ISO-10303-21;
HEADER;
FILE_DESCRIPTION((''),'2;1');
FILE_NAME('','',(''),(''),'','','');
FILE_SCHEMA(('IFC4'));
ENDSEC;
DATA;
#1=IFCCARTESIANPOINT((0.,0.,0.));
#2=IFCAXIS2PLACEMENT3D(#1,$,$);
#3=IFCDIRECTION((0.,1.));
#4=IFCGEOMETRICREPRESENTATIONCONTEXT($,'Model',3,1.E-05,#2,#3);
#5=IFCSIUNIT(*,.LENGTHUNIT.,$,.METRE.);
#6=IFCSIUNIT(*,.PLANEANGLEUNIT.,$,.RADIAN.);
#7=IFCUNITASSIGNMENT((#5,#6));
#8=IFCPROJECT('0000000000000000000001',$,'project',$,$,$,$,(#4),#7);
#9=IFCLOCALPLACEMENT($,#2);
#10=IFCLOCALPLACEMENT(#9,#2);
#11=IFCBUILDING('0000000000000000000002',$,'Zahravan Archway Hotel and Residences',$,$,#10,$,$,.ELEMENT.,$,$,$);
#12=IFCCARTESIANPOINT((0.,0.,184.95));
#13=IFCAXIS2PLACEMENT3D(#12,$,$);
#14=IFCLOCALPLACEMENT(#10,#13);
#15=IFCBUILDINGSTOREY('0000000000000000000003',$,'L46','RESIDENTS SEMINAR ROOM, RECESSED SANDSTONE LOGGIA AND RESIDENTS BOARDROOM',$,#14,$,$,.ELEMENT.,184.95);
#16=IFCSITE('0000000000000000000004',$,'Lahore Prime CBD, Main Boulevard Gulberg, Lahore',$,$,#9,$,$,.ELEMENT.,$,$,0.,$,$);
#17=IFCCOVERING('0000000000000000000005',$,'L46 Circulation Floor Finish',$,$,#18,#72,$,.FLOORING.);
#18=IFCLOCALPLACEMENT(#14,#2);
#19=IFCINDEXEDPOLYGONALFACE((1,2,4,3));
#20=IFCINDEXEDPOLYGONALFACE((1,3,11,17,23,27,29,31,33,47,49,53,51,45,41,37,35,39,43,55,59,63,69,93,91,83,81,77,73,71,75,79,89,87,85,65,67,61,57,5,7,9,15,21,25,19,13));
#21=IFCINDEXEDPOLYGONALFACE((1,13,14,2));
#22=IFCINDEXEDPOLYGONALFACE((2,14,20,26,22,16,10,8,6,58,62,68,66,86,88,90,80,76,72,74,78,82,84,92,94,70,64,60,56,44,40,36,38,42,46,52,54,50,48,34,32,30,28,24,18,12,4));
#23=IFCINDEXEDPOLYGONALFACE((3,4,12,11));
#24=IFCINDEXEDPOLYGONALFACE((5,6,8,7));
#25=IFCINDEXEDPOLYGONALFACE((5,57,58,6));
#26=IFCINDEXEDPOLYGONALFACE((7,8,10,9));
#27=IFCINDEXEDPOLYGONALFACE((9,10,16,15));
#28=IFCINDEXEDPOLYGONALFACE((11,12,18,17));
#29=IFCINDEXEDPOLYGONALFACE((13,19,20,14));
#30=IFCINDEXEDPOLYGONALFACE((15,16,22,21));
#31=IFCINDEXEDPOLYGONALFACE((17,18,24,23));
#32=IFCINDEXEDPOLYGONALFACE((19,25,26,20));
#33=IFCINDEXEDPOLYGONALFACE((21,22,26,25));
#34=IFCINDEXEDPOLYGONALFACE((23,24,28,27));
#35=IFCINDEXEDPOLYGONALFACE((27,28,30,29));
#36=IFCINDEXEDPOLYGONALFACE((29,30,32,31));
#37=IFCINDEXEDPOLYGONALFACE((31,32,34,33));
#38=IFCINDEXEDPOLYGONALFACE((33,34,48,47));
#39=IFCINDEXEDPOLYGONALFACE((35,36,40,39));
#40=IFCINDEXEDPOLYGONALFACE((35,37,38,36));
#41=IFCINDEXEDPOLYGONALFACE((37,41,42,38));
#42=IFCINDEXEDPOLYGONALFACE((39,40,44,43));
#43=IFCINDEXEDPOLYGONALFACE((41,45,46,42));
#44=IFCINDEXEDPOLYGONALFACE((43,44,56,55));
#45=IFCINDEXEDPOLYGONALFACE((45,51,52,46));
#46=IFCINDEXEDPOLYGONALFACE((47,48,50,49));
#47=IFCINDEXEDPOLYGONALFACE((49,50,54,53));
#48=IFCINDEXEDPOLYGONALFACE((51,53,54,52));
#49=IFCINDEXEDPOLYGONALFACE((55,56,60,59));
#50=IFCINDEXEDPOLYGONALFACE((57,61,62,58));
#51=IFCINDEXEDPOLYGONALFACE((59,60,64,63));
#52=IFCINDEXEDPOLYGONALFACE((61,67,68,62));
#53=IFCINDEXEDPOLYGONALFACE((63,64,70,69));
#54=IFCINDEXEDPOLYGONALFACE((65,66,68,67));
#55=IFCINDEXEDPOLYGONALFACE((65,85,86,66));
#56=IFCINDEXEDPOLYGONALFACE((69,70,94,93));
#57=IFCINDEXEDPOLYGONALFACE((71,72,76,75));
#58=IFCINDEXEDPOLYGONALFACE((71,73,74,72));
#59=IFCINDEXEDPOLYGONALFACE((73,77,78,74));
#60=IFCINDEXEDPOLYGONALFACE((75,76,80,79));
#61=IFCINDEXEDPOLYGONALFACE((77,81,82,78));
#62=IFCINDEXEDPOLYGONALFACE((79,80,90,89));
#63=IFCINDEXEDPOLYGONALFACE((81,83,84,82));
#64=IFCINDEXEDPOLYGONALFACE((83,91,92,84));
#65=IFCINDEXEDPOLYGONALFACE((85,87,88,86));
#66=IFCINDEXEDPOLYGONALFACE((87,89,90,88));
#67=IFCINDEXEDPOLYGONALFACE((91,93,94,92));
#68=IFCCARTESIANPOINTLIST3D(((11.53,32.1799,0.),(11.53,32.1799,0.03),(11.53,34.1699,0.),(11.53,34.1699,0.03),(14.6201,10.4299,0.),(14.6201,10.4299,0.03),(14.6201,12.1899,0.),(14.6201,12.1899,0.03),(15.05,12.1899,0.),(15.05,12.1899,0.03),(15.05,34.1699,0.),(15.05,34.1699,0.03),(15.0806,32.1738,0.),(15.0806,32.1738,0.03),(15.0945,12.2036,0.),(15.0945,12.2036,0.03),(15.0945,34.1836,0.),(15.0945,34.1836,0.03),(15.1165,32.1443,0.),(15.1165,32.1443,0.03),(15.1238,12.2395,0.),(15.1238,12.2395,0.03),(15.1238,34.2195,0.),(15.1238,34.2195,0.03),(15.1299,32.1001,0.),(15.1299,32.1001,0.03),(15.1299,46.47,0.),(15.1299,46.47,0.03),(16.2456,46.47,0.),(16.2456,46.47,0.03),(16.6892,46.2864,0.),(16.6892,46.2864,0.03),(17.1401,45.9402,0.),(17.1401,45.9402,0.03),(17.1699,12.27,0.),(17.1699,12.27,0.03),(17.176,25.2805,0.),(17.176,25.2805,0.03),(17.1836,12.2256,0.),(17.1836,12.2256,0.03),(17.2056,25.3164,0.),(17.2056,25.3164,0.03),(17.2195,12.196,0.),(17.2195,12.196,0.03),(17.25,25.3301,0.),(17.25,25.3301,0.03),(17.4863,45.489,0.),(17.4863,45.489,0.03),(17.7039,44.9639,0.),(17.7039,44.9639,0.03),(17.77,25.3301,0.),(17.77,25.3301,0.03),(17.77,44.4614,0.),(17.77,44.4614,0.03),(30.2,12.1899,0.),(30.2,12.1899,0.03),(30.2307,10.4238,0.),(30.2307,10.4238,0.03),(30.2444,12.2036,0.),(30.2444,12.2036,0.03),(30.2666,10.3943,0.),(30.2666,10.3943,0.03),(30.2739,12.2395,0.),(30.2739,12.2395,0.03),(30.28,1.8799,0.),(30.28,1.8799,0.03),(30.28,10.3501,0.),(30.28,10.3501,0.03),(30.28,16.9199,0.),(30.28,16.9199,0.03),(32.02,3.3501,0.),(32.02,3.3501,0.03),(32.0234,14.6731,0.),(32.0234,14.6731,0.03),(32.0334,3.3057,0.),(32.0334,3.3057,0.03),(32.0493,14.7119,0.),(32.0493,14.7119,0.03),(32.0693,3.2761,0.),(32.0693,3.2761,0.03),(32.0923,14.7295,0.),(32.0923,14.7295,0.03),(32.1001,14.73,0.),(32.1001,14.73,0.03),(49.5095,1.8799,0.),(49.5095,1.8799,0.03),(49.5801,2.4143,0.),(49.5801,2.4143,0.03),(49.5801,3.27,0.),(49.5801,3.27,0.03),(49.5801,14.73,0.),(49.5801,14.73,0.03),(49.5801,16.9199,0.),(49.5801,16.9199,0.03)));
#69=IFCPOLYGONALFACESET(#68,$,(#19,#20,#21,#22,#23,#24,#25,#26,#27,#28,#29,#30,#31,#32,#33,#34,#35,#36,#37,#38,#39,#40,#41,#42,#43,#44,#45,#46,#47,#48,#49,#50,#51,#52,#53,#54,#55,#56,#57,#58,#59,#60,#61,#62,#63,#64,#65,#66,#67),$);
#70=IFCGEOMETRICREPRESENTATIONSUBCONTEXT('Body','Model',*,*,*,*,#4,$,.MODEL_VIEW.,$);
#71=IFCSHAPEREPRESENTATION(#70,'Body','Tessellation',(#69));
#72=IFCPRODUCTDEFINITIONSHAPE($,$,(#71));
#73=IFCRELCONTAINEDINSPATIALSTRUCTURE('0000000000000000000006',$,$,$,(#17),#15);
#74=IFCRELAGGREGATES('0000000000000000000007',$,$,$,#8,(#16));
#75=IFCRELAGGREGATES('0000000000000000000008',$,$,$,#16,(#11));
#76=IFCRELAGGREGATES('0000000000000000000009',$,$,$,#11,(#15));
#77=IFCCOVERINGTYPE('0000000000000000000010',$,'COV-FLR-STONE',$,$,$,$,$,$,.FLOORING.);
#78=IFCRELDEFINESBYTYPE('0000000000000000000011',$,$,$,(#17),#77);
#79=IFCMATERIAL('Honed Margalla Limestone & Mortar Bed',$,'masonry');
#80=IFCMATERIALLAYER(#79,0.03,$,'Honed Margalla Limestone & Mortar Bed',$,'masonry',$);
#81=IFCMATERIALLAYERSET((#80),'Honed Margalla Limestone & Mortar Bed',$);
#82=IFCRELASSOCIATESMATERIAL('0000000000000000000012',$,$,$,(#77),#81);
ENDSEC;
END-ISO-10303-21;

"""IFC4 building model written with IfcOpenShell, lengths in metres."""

from ifc_helpers import new_model, si_unit, direction, frame, origin, place, context, subcontext, project, spatial, polyline, outline, extrude, material, layer, layer_set, type_object, element, save


model = new_model("IFC4")

# Units and contexts
model_context = context("Model", 3, precision=1e-05, world=origin(), true_north=direction((0.0, 1.0)))
body_context = subcontext(model_context, "Body", "Model", "MODEL_VIEW")
ifc_project = project(units=[si_unit("LENGTHUNIT", "METRE"), si_unit("PLANEANGLEUNIT", "RADIAN")], contexts=[model_context])

# Site, building, storey
site_placement = place(None, origin())
site = spatial("IfcSite", under=ifc_project, at=site_placement, Name="Lahore Prime CBD, Main Boulevard Gulberg, Lahore", CompositionType="ELEMENT", RefElevation=0.0)
building_placement = place(site_placement, origin())
building = spatial("IfcBuilding", under=site, at=building_placement, Name="Zahravan Archway Hotel and Residences", CompositionType="ELEMENT")
storey_placement = place(building_placement, frame((0.0, 0.0, 184.95)))
storey = spatial("IfcBuildingStorey", under=building, at=storey_placement, Name="L46", Description="RESIDENTS SEMINAR ROOM, RECESSED SANDSTONE LOGGIA AND RESIDENTS BOARDROOM", CompositionType="ELEMENT", Elevation=184.95)

# Covering
ifc_material_1 = material(Name="Honed Margalla Limestone & Mortar Bed", Category="masonry")
ifc_layer_1 = layer(ifc_material_1, 0.03, Name="Honed Margalla Limestone & Mortar Bed", Category="masonry")
ifc_layer_set_1 = layer_set([ifc_layer_1], Name="Honed Margalla Limestone & Mortar Bed")
covering_type_1 = type_object("IfcCoveringType", Name="COV-FLR-STONE", PredefinedType="FLOORING", material=ifc_layer_set_1)
covering_1_placement = place(storey_placement, origin())
element("IfcCovering", 1, at=covering_1_placement, inside=storey, type_object=covering_type_1, Name="L46 Circulation Floor Finish", PredefinedType="FLOORING", context=body_context, shape_type="SweptSolid", body=[
    extrude(outline(polyline([(32.0923, 14.7295), (32.0493, 14.7119), (32.0234, 14.6731), (32.02, 3.3501), (32.0334, 3.3057), (32.0693, 3.2761), (49.5801, 3.27), (49.5801, 2.4143), (49.5095, 1.8799), (30.28, 1.8799), (30.28, 10.3501), (30.2666, 10.3943), (30.2307, 10.4238), (14.6201, 10.4299), (14.6201, 12.1899), (15.05, 12.1899), (15.0945, 12.2036), (15.1238, 12.2395), (15.1299, 32.1001), (15.1165, 32.1443), (15.0806, 32.1738), (11.53, 32.1799), (11.53, 34.1699), (15.05, 34.1699), (15.0945, 34.1836), (15.1238, 34.2195), (15.1299, 46.47), (16.2456, 46.47), (16.6892, 46.2864), (17.1401, 45.9402), (17.4863, 45.489), (17.7039, 44.9639), (17.77, 44.4614), (17.77, 25.3301), (17.25, 25.3301), (17.2056, 25.3164), (17.176, 25.2805), (17.1699, 12.27), (17.1836, 12.2256), (17.2195, 12.196), (30.2, 12.1899), (30.2444, 12.2036), (30.2739, 12.2395), (30.28, 16.9199), (49.5801, 16.9199), (49.5801, 14.73), (32.1001, 14.73), (32.0923, 14.7295)])), origin(), (0.0, 0.0, 1.0), 0.03),
])

save(model, "model.ifc")
